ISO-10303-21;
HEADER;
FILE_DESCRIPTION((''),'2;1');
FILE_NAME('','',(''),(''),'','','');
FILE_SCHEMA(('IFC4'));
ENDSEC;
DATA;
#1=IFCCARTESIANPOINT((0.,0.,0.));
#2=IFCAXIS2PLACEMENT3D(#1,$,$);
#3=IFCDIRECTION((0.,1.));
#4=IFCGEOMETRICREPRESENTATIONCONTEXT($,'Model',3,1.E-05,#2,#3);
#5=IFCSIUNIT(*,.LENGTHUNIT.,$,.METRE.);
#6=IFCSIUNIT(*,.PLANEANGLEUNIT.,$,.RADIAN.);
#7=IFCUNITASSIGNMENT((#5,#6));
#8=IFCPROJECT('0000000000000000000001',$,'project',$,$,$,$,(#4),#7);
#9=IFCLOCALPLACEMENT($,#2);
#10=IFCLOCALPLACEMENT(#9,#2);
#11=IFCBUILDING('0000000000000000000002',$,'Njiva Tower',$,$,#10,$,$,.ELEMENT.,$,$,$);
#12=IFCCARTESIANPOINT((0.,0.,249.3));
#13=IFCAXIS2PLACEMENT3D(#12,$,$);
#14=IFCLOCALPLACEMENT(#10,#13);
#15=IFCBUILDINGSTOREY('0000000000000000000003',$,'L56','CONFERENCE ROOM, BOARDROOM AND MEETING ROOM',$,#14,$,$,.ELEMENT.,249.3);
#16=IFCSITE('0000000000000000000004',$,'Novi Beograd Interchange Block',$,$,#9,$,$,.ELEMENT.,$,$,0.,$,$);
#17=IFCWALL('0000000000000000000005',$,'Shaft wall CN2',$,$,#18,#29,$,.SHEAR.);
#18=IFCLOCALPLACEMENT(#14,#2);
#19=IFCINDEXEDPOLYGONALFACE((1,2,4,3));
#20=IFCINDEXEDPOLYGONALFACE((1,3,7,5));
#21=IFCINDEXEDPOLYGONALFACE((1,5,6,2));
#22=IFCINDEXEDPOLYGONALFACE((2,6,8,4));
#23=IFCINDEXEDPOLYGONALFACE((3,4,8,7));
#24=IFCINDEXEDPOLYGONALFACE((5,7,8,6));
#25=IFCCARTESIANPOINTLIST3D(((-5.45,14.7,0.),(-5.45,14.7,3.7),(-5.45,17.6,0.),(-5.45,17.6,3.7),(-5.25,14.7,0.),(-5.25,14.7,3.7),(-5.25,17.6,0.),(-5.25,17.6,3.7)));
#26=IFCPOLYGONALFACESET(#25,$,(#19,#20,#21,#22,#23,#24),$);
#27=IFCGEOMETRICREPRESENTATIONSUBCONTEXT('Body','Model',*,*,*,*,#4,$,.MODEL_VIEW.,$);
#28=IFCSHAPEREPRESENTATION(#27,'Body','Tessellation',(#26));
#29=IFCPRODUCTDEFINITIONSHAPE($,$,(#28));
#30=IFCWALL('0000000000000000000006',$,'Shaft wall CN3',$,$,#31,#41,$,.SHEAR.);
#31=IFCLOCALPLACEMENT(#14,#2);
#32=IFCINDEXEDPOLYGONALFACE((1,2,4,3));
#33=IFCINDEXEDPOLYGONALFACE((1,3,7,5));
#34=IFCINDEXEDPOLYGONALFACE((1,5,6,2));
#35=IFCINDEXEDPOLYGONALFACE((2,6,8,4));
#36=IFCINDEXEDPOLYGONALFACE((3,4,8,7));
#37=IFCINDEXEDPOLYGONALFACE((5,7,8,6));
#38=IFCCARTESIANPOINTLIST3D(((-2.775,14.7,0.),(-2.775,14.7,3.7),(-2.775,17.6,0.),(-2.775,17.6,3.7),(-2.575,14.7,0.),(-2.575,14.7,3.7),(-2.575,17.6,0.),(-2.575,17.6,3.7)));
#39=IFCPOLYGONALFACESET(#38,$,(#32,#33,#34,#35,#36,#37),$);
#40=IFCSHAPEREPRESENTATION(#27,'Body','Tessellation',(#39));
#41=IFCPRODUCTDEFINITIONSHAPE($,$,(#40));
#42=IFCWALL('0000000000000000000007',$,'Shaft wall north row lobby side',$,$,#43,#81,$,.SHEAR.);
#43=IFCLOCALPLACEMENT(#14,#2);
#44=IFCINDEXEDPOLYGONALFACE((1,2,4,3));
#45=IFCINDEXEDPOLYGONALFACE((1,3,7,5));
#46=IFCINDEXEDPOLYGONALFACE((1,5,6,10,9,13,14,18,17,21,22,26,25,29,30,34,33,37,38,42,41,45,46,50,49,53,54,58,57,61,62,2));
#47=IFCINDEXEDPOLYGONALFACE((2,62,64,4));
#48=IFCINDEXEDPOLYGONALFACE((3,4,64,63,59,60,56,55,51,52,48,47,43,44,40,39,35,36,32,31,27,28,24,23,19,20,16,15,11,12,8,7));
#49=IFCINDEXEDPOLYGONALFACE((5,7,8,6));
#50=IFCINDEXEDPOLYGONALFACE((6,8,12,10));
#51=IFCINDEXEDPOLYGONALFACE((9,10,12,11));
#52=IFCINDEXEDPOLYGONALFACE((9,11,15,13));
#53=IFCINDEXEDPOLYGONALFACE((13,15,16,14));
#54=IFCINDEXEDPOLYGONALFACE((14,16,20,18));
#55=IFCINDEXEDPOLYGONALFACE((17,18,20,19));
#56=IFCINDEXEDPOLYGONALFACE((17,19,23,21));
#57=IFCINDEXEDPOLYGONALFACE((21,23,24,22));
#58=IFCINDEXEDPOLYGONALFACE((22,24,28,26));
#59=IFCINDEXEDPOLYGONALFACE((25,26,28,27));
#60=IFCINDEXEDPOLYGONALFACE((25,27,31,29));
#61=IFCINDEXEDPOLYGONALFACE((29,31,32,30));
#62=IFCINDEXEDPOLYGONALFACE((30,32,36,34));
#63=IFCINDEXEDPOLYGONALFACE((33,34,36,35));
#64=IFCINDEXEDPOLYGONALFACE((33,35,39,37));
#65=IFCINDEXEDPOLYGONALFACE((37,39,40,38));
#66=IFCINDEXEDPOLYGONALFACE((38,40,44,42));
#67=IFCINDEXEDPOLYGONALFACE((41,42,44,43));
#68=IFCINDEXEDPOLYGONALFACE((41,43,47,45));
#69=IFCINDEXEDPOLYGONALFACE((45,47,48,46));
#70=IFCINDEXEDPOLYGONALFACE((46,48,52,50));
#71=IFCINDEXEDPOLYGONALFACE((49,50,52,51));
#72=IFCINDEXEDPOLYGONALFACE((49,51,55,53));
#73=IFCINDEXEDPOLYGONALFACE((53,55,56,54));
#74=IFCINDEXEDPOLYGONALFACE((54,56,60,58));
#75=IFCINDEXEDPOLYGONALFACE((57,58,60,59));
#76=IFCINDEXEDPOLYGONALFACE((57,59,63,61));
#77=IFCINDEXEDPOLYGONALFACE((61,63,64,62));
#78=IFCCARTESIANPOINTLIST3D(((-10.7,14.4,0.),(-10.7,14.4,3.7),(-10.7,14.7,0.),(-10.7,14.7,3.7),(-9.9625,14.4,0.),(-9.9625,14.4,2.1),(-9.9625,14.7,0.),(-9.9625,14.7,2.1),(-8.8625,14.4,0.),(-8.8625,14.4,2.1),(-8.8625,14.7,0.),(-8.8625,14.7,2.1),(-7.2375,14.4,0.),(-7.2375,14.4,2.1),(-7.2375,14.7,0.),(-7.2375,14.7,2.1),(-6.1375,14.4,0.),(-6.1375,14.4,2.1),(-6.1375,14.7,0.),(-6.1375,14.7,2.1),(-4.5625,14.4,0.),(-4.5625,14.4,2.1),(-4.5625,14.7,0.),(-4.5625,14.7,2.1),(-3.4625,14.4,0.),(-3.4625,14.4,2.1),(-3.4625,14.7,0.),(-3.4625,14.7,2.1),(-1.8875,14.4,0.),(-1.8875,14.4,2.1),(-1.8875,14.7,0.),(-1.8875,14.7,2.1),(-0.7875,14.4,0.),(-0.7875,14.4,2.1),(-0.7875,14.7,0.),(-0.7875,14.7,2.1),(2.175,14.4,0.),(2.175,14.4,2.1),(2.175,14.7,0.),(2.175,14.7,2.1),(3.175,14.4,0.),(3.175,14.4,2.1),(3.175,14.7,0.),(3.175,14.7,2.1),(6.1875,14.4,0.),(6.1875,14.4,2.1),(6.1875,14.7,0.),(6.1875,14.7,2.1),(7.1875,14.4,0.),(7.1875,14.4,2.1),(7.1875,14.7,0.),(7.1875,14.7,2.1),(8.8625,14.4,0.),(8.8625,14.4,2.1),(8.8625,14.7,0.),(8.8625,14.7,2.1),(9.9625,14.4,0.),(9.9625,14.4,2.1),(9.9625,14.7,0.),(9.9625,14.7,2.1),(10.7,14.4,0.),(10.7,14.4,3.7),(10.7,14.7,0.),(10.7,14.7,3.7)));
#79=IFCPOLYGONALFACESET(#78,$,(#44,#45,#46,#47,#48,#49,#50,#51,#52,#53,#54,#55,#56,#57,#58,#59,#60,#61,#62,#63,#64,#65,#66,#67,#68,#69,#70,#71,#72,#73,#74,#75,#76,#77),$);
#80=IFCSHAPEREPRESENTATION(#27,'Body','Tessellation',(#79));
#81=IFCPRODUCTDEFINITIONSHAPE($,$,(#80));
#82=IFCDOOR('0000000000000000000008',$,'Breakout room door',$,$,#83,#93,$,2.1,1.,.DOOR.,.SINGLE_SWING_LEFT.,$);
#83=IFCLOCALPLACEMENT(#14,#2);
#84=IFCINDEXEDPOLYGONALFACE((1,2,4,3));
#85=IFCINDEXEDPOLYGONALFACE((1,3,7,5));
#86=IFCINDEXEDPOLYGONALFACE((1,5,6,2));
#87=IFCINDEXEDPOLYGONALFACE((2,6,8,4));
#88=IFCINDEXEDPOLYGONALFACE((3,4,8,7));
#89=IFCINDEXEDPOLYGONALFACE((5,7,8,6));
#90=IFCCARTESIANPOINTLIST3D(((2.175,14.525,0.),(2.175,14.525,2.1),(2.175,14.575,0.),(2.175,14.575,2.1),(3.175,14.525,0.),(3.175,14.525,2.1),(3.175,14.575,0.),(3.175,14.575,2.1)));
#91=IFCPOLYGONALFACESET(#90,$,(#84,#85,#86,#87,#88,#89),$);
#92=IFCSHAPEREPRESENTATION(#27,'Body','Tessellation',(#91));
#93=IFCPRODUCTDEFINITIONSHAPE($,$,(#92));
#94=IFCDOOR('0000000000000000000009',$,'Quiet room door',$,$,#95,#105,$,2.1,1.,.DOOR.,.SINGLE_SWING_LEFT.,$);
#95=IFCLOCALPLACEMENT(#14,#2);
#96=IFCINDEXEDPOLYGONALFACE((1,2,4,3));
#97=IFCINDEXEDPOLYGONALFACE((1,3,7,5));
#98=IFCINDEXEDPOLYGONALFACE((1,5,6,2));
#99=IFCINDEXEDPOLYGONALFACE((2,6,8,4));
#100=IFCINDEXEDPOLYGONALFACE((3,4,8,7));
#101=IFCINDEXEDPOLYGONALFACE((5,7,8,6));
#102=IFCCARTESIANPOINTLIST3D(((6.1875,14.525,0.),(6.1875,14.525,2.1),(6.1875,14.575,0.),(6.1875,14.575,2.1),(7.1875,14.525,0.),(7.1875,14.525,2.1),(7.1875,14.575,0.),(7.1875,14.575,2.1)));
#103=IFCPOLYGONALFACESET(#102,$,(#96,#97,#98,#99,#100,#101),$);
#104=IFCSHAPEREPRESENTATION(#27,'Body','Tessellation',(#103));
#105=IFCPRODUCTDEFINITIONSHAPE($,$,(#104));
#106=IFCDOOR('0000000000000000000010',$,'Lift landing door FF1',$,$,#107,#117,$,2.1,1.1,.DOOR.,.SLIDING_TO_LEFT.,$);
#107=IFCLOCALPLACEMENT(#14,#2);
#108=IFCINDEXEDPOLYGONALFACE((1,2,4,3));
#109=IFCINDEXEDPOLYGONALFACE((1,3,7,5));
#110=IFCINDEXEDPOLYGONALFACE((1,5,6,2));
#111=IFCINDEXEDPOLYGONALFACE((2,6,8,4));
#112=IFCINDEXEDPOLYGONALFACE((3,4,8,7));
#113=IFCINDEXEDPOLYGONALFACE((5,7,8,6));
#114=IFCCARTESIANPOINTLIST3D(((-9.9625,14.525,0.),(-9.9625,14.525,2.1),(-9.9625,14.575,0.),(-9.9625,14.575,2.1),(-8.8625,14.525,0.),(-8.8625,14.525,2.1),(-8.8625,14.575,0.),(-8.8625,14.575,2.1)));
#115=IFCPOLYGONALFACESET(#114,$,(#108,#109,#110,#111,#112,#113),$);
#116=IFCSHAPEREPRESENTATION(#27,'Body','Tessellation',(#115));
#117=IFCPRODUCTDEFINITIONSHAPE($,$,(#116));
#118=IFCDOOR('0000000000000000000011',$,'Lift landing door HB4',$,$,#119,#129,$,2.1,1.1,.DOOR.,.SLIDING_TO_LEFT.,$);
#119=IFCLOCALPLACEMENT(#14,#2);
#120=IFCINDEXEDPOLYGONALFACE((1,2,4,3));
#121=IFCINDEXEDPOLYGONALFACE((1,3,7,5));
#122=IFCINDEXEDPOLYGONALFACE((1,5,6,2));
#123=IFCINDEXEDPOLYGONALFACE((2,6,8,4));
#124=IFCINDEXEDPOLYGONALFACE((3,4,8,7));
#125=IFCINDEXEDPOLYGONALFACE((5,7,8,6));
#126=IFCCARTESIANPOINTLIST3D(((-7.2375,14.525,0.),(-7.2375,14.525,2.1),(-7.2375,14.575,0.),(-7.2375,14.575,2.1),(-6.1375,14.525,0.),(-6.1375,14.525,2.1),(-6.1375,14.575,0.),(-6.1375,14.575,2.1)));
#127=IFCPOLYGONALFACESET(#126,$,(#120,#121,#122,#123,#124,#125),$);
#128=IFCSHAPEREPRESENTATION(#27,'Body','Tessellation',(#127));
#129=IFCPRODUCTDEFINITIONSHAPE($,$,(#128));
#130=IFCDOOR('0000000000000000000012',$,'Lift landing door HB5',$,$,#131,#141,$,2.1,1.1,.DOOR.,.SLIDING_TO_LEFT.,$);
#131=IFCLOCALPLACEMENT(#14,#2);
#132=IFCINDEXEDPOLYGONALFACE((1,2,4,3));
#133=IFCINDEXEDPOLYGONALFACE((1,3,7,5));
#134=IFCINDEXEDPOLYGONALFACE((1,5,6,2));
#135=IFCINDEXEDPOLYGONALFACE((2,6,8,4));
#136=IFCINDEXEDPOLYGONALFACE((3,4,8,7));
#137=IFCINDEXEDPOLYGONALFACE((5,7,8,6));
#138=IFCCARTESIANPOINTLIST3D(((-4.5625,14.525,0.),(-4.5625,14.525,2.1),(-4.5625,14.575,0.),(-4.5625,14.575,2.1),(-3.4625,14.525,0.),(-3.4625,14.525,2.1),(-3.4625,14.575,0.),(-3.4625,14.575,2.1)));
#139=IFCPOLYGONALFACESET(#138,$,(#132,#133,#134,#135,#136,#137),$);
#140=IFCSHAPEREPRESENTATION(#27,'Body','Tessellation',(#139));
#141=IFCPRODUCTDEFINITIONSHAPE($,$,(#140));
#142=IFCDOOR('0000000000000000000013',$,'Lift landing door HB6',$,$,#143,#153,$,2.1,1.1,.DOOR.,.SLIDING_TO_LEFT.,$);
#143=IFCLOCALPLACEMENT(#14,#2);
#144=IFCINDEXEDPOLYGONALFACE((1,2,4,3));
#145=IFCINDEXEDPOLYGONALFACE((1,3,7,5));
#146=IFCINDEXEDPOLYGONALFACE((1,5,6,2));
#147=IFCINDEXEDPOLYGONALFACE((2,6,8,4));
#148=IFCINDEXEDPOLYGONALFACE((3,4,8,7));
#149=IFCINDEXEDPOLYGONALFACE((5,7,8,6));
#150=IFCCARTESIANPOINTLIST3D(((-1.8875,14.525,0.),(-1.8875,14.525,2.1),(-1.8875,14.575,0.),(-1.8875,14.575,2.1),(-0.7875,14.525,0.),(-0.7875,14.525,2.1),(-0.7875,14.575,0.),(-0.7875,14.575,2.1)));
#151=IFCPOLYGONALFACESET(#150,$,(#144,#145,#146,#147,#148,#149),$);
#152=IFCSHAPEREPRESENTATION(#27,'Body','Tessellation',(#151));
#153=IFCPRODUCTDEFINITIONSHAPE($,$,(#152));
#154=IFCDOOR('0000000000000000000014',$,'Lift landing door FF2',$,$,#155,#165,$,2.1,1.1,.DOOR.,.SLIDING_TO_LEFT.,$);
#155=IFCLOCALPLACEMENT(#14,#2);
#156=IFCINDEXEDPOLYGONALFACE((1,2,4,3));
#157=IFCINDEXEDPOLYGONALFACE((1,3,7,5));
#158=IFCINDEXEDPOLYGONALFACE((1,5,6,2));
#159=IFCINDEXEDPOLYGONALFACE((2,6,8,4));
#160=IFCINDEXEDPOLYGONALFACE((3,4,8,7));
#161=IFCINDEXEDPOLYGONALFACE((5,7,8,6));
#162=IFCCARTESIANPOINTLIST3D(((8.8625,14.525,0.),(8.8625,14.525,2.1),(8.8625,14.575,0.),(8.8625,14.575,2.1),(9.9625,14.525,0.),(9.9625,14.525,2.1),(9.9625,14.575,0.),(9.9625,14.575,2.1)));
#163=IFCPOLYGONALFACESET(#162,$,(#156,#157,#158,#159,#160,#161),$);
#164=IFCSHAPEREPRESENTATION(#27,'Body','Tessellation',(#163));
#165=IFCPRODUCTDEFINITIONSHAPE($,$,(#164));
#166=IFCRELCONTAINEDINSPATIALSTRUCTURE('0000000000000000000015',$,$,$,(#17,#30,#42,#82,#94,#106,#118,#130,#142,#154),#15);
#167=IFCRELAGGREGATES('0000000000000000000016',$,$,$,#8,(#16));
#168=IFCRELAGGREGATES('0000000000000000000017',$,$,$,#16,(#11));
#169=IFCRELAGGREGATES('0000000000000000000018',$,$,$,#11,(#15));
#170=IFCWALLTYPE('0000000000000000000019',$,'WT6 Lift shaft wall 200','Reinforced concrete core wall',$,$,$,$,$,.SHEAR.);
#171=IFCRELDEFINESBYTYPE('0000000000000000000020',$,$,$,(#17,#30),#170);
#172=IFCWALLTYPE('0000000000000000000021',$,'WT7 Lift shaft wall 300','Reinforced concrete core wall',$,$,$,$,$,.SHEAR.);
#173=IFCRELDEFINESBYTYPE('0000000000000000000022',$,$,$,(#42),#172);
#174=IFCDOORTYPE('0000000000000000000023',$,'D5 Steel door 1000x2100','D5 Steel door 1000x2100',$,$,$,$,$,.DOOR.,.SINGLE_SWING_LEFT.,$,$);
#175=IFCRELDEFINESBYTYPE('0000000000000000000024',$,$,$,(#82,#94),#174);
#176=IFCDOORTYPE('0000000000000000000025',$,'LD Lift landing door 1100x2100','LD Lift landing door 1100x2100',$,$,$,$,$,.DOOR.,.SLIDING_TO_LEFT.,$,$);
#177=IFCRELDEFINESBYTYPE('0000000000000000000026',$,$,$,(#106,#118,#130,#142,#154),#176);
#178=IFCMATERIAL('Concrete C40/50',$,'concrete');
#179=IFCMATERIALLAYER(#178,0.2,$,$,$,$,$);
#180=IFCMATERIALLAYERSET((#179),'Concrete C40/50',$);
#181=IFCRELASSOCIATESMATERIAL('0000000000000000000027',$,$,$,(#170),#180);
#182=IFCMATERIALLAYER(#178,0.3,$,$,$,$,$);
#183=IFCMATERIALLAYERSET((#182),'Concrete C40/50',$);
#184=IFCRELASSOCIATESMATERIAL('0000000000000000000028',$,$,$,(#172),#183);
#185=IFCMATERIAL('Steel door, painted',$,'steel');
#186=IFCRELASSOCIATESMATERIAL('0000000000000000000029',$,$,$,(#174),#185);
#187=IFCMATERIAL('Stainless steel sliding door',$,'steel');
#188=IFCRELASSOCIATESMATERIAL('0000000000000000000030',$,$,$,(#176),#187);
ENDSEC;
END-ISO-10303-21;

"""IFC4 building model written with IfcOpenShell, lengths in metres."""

from ifc_helpers import new_model, si_unit, direction, frame, frame_2d, origin, place, context, subcontext, project, spatial, rectangle, extrude, material, layer, layer_set, type_object, element, fill, save


model = new_model("IFC4")

# Units and contexts
model_context = context("Model", 3, precision=1e-05, world=origin(), true_north=direction((0.0, 1.0)))
body_context = subcontext(model_context, "Body", "Model", "MODEL_VIEW")
ifc_project = project(units=[si_unit("LENGTHUNIT", "METRE"), si_unit("PLANEANGLEUNIT", "RADIAN")], contexts=[model_context])

# Site, building, storey
site_placement = place(None, origin())
site = spatial("IfcSite", under=ifc_project, at=site_placement, Name="Novi Beograd Interchange Block", CompositionType="ELEMENT", RefElevation=0.0)
building_placement = place(site_placement, origin())
building = spatial("IfcBuilding", under=site, at=building_placement, Name="Njiva Tower", CompositionType="ELEMENT")
storey_placement = place(building_placement, frame((0.0, 0.0, 249.3)))
storey = spatial("IfcBuildingStorey", under=building, at=storey_placement, Name="L56", Description="CONFERENCE ROOM, BOARDROOM AND MEETING ROOM", CompositionType="ELEMENT", Elevation=249.3)

# Walls
ifc_material_1 = material(Name="Concrete C40/50", Category="concrete")
ifc_layer_1 = layer(ifc_material_1, 0.2)
ifc_layer_set_1 = layer_set([ifc_layer_1], Name="Concrete C40/50")
wall_type_1 = type_object("IfcWallType", Name="WT6 Lift shaft wall 200", Description="Reinforced concrete core wall", PredefinedType="SHEAR", material=ifc_layer_set_1)
for number, where, z_axis, x_axis, name in (
    (1, (-5.35, 14.7, 0.0), (0.0, 0.0, 1.0), (0.0, 1.0, 0.0), "Shaft wall CN2"),
    (2, (-2.675, 14.7, 0.0), (0.0, 0.0, 1.0), (0.0, 1.0, 0.0), "Shaft wall CN3"),
):
    element("IfcWall", number, at=place(storey_placement, frame(where, z_axis=z_axis, x_axis=x_axis)), inside=storey, type_object=wall_type_1, Name=name, PredefinedType="SHEAR", context=body_context, shape_type="SweptSolid", body=[
        extrude(rectangle(XDim=2.9, YDim=0.2, at=frame_2d((1.45, 0.0))), origin(), (0.0, 0.0, 1.0), 3.7),
    ])

# Wall, openings, doors
ifc_layer_2 = layer(ifc_material_1, 0.3)
ifc_layer_set_2 = layer_set([ifc_layer_2], Name="Concrete C40/50")
wall_type_2 = type_object("IfcWallType", Name="WT7 Lift shaft wall 300", Description="Reinforced concrete core wall", PredefinedType="SHEAR", material=ifc_layer_set_2)
wall_1_placement = place(storey_placement, frame((-10.7, 14.55, 0.0), z_axis=(0.0, 0.0, 1.0), x_axis=(1.0, 0.0, 0.0)))
wall_1 = element("IfcWall", 3, at=wall_1_placement, inside=storey, type_object=wall_type_2, Name="Shaft wall north row lobby side", PredefinedType="SHEAR", context=body_context, shape_type="SweptSolid", body=[
    extrude(rectangle(XDim=21.4, YDim=0.3, at=frame_2d((10.7, 0.0))), origin(), (0.0, 0.0, 1.0), 3.7),
])
opening_1_placement = place(wall_1_placement, frame((0.7375, 0.0, 0.0)))
opening_1 = element("IfcOpeningElement", 4, at=opening_1_placement, cuts=wall_1, PredefinedType="OPENING", context=body_context, shape_type="SweptSolid", body=[
    extrude(rectangle(XDim=1.1, YDim=2.1, at=frame_2d((0.55, 1.05))), frame((0.0, 0.16, 0.0), z_axis=(0.0, -1.0, 0.0), x_axis=(1.0, 0.0, 0.0)), (0.0, 0.0, 1.0), 0.32),
])
opening_2_placement = place(wall_1_placement, frame((3.4625, 0.0, 0.0)))
opening_2 = element("IfcOpeningElement", 5, at=opening_2_placement, cuts=wall_1, PredefinedType="OPENING", context=body_context, shape_type="SweptSolid", body=[
    extrude(rectangle(XDim=1.1, YDim=2.1, at=frame_2d((0.55, 1.05))), frame((0.0, 0.16, 0.0), z_axis=(0.0, -1.0, 0.0), x_axis=(1.0, 0.0, 0.0)), (0.0, 0.0, 1.0), 0.32),
])
opening_3_placement = place(wall_1_placement, frame((6.1375, 0.0, 0.0)))
opening_3 = element("IfcOpeningElement", 6, at=opening_3_placement, cuts=wall_1, PredefinedType="OPENING", context=body_context, shape_type="SweptSolid", body=[
    extrude(rectangle(XDim=1.1, YDim=2.1, at=frame_2d((0.55, 1.05))), frame((0.0, 0.16, 0.0), z_axis=(0.0, -1.0, 0.0), x_axis=(1.0, 0.0, 0.0)), (0.0, 0.0, 1.0), 0.32),
])
opening_4_placement = place(wall_1_placement, frame((8.8125, 0.0, 0.0)))
opening_4 = element("IfcOpeningElement", 7, at=opening_4_placement, cuts=wall_1, PredefinedType="OPENING", context=body_context, shape_type="SweptSolid", body=[
    extrude(rectangle(XDim=1.1, YDim=2.1, at=frame_2d((0.55, 1.05))), frame((0.0, 0.16, 0.0), z_axis=(0.0, -1.0, 0.0), x_axis=(1.0, 0.0, 0.0)), (0.0, 0.0, 1.0), 0.32),
])
opening_5_placement = place(wall_1_placement, frame((19.5625, 0.0, 0.0)))
opening_5 = element("IfcOpeningElement", 8, at=opening_5_placement, cuts=wall_1, PredefinedType="OPENING", context=body_context, shape_type="SweptSolid", body=[
    extrude(rectangle(XDim=1.1, YDim=2.1, at=frame_2d((0.55, 1.05))), frame((0.0, 0.16, 0.0), z_axis=(0.0, -1.0, 0.0), x_axis=(1.0, 0.0, 0.0)), (0.0, 0.0, 1.0), 0.32),
])
opening_6_placement = place(wall_1_placement, frame((12.875, 0.0, 0.0)))
opening_6 = element("IfcOpeningElement", 9, at=opening_6_placement, cuts=wall_1, PredefinedType="OPENING", context=body_context, shape_type="SweptSolid", body=[
    extrude(rectangle(XDim=1.0, YDim=2.1, at=frame_2d((0.5, 1.05))), frame((0.0, 0.16, 0.0), z_axis=(0.0, -1.0, 0.0), x_axis=(1.0, 0.0, 0.0)), (0.0, 0.0, 1.0), 0.32),
])
opening_7_placement = place(wall_1_placement, frame((16.8875, 0.0, 0.0)))
opening_7 = element("IfcOpeningElement", 10, at=opening_7_placement, cuts=wall_1, PredefinedType="OPENING", context=body_context, shape_type="SweptSolid", body=[
    extrude(rectangle(XDim=1.0, YDim=2.1, at=frame_2d((0.5, 1.05))), frame((0.0, 0.16, 0.0), z_axis=(0.0, -1.0, 0.0), x_axis=(1.0, 0.0, 0.0)), (0.0, 0.0, 1.0), 0.32),
])
ifc_material_2 = material(Name="Steel door, painted", Category="steel")
door_type_1 = type_object("IfcDoorType", Name="D5 Steel door 1000x2100", Description="D5 Steel door 1000x2100", OperationType="SINGLE_SWING_LEFT", PredefinedType="DOOR", material=ifc_material_2)
door_1_placement = place(opening_6_placement, origin())
door_1 = element("IfcDoor", 11, at=door_1_placement, inside=storey, type_object=door_type_1, Name="Breakout room door", OperationType="SINGLE_SWING_LEFT", OverallHeight=2.1, OverallWidth=1.0, PredefinedType="DOOR", context=body_context, shape_type="SweptSolid", body=[
    extrude(rectangle(XDim=1.0, YDim=2.1, at=frame_2d((0.5, 1.05))), frame((0.0, 0.025, 0.0), z_axis=(0.0, -1.0, 0.0), x_axis=(1.0, 0.0, 0.0)), (0.0, 0.0, 1.0), 0.05),
])
fill(opening_6, door_1)
door_2_placement = place(opening_7_placement, origin())
door_2 = element("IfcDoor", 12, at=door_2_placement, inside=storey, type_object=door_type_1, Name="Quiet room door", OperationType="SINGLE_SWING_LEFT", OverallHeight=2.1, OverallWidth=1.0, PredefinedType="DOOR", context=body_context, shape_type="SweptSolid", body=[
    extrude(rectangle(XDim=1.0, YDim=2.1, at=frame_2d((0.5, 1.05))), frame((0.0, 0.025, 0.0), z_axis=(0.0, -1.0, 0.0), x_axis=(1.0, 0.0, 0.0)), (0.0, 0.0, 1.0), 0.05),
])
fill(opening_7, door_2)
ifc_material_3 = material(Name="Stainless steel sliding door", Category="steel")
door_type_2 = type_object("IfcDoorType", Name="LD Lift landing door 1100x2100", Description="LD Lift landing door 1100x2100", OperationType="SLIDING_TO_LEFT", PredefinedType="DOOR", material=ifc_material_3)
door_3_placement = place(opening_1_placement, origin())
door_3 = element("IfcDoor", 13, at=door_3_placement, inside=storey, type_object=door_type_2, Name="Lift landing door FF1", OperationType="SLIDING_TO_LEFT", OverallHeight=2.1, OverallWidth=1.1, PredefinedType="DOOR", context=body_context, shape_type="SweptSolid", body=[
    extrude(rectangle(XDim=1.1, YDim=2.1, at=frame_2d((0.55, 1.05))), frame((0.0, 0.025, 0.0), z_axis=(0.0, -1.0, 0.0), x_axis=(1.0, 0.0, 0.0)), (0.0, 0.0, 1.0), 0.05),
])
fill(opening_1, door_3)
door_4_placement = place(opening_2_placement, origin())
door_4 = element("IfcDoor", 14, at=door_4_placement, inside=storey, type_object=door_type_2, Name="Lift landing door HB4", OperationType="SLIDING_TO_LEFT", OverallHeight=2.1, OverallWidth=1.1, PredefinedType="DOOR", context=body_context, shape_type="SweptSolid", body=[
    extrude(rectangle(XDim=1.1, YDim=2.1, at=frame_2d((0.55, 1.05))), frame((0.0, 0.025, 0.0), z_axis=(0.0, -1.0, 0.0), x_axis=(1.0, 0.0, 0.0)), (0.0, 0.0, 1.0), 0.05),
])
fill(opening_2, door_4)
door_5_placement = place(opening_3_placement, origin())
door_5 = element("IfcDoor", 15, at=door_5_placement, inside=storey, type_object=door_type_2, Name="Lift landing door HB5", OperationType="SLIDING_TO_LEFT", OverallHeight=2.1, OverallWidth=1.1, PredefinedType="DOOR", context=body_context, shape_type="SweptSolid", body=[
    extrude(rectangle(XDim=1.1, YDim=2.1, at=frame_2d((0.55, 1.05))), frame((0.0, 0.025, 0.0), z_axis=(0.0, -1.0, 0.0), x_axis=(1.0, 0.0, 0.0)), (0.0, 0.0, 1.0), 0.05),
])
fill(opening_3, door_5)
door_6_placement = place(opening_4_placement, origin())
door_6 = element("IfcDoor", 16, at=door_6_placement, inside=storey, type_object=door_type_2, Name="Lift landing door HB6", OperationType="SLIDING_TO_LEFT", OverallHeight=2.1, OverallWidth=1.1, PredefinedType="DOOR", context=body_context, shape_type="SweptSolid", body=[
    extrude(rectangle(XDim=1.1, YDim=2.1, at=frame_2d((0.55, 1.05))), frame((0.0, 0.025, 0.0), z_axis=(0.0, -1.0, 0.0), x_axis=(1.0, 0.0, 0.0)), (0.0, 0.0, 1.0), 0.05),
])
fill(opening_4, door_6)
door_7_placement = place(opening_5_placement, origin())
door_7 = element("IfcDoor", 17, at=door_7_placement, inside=storey, type_object=door_type_2, Name="Lift landing door FF2", OperationType="SLIDING_TO_LEFT", OverallHeight=2.1, OverallWidth=1.1, PredefinedType="DOOR", context=body_context, shape_type="SweptSolid", body=[
    extrude(rectangle(XDim=1.1, YDim=2.1, at=frame_2d((0.55, 1.05))), frame((0.0, 0.025, 0.0), z_axis=(0.0, -1.0, 0.0), x_axis=(1.0, 0.0, 0.0)), (0.0, 0.0, 1.0), 0.05),
])
fill(opening_5, door_7)

save(model, "model.ifc")
